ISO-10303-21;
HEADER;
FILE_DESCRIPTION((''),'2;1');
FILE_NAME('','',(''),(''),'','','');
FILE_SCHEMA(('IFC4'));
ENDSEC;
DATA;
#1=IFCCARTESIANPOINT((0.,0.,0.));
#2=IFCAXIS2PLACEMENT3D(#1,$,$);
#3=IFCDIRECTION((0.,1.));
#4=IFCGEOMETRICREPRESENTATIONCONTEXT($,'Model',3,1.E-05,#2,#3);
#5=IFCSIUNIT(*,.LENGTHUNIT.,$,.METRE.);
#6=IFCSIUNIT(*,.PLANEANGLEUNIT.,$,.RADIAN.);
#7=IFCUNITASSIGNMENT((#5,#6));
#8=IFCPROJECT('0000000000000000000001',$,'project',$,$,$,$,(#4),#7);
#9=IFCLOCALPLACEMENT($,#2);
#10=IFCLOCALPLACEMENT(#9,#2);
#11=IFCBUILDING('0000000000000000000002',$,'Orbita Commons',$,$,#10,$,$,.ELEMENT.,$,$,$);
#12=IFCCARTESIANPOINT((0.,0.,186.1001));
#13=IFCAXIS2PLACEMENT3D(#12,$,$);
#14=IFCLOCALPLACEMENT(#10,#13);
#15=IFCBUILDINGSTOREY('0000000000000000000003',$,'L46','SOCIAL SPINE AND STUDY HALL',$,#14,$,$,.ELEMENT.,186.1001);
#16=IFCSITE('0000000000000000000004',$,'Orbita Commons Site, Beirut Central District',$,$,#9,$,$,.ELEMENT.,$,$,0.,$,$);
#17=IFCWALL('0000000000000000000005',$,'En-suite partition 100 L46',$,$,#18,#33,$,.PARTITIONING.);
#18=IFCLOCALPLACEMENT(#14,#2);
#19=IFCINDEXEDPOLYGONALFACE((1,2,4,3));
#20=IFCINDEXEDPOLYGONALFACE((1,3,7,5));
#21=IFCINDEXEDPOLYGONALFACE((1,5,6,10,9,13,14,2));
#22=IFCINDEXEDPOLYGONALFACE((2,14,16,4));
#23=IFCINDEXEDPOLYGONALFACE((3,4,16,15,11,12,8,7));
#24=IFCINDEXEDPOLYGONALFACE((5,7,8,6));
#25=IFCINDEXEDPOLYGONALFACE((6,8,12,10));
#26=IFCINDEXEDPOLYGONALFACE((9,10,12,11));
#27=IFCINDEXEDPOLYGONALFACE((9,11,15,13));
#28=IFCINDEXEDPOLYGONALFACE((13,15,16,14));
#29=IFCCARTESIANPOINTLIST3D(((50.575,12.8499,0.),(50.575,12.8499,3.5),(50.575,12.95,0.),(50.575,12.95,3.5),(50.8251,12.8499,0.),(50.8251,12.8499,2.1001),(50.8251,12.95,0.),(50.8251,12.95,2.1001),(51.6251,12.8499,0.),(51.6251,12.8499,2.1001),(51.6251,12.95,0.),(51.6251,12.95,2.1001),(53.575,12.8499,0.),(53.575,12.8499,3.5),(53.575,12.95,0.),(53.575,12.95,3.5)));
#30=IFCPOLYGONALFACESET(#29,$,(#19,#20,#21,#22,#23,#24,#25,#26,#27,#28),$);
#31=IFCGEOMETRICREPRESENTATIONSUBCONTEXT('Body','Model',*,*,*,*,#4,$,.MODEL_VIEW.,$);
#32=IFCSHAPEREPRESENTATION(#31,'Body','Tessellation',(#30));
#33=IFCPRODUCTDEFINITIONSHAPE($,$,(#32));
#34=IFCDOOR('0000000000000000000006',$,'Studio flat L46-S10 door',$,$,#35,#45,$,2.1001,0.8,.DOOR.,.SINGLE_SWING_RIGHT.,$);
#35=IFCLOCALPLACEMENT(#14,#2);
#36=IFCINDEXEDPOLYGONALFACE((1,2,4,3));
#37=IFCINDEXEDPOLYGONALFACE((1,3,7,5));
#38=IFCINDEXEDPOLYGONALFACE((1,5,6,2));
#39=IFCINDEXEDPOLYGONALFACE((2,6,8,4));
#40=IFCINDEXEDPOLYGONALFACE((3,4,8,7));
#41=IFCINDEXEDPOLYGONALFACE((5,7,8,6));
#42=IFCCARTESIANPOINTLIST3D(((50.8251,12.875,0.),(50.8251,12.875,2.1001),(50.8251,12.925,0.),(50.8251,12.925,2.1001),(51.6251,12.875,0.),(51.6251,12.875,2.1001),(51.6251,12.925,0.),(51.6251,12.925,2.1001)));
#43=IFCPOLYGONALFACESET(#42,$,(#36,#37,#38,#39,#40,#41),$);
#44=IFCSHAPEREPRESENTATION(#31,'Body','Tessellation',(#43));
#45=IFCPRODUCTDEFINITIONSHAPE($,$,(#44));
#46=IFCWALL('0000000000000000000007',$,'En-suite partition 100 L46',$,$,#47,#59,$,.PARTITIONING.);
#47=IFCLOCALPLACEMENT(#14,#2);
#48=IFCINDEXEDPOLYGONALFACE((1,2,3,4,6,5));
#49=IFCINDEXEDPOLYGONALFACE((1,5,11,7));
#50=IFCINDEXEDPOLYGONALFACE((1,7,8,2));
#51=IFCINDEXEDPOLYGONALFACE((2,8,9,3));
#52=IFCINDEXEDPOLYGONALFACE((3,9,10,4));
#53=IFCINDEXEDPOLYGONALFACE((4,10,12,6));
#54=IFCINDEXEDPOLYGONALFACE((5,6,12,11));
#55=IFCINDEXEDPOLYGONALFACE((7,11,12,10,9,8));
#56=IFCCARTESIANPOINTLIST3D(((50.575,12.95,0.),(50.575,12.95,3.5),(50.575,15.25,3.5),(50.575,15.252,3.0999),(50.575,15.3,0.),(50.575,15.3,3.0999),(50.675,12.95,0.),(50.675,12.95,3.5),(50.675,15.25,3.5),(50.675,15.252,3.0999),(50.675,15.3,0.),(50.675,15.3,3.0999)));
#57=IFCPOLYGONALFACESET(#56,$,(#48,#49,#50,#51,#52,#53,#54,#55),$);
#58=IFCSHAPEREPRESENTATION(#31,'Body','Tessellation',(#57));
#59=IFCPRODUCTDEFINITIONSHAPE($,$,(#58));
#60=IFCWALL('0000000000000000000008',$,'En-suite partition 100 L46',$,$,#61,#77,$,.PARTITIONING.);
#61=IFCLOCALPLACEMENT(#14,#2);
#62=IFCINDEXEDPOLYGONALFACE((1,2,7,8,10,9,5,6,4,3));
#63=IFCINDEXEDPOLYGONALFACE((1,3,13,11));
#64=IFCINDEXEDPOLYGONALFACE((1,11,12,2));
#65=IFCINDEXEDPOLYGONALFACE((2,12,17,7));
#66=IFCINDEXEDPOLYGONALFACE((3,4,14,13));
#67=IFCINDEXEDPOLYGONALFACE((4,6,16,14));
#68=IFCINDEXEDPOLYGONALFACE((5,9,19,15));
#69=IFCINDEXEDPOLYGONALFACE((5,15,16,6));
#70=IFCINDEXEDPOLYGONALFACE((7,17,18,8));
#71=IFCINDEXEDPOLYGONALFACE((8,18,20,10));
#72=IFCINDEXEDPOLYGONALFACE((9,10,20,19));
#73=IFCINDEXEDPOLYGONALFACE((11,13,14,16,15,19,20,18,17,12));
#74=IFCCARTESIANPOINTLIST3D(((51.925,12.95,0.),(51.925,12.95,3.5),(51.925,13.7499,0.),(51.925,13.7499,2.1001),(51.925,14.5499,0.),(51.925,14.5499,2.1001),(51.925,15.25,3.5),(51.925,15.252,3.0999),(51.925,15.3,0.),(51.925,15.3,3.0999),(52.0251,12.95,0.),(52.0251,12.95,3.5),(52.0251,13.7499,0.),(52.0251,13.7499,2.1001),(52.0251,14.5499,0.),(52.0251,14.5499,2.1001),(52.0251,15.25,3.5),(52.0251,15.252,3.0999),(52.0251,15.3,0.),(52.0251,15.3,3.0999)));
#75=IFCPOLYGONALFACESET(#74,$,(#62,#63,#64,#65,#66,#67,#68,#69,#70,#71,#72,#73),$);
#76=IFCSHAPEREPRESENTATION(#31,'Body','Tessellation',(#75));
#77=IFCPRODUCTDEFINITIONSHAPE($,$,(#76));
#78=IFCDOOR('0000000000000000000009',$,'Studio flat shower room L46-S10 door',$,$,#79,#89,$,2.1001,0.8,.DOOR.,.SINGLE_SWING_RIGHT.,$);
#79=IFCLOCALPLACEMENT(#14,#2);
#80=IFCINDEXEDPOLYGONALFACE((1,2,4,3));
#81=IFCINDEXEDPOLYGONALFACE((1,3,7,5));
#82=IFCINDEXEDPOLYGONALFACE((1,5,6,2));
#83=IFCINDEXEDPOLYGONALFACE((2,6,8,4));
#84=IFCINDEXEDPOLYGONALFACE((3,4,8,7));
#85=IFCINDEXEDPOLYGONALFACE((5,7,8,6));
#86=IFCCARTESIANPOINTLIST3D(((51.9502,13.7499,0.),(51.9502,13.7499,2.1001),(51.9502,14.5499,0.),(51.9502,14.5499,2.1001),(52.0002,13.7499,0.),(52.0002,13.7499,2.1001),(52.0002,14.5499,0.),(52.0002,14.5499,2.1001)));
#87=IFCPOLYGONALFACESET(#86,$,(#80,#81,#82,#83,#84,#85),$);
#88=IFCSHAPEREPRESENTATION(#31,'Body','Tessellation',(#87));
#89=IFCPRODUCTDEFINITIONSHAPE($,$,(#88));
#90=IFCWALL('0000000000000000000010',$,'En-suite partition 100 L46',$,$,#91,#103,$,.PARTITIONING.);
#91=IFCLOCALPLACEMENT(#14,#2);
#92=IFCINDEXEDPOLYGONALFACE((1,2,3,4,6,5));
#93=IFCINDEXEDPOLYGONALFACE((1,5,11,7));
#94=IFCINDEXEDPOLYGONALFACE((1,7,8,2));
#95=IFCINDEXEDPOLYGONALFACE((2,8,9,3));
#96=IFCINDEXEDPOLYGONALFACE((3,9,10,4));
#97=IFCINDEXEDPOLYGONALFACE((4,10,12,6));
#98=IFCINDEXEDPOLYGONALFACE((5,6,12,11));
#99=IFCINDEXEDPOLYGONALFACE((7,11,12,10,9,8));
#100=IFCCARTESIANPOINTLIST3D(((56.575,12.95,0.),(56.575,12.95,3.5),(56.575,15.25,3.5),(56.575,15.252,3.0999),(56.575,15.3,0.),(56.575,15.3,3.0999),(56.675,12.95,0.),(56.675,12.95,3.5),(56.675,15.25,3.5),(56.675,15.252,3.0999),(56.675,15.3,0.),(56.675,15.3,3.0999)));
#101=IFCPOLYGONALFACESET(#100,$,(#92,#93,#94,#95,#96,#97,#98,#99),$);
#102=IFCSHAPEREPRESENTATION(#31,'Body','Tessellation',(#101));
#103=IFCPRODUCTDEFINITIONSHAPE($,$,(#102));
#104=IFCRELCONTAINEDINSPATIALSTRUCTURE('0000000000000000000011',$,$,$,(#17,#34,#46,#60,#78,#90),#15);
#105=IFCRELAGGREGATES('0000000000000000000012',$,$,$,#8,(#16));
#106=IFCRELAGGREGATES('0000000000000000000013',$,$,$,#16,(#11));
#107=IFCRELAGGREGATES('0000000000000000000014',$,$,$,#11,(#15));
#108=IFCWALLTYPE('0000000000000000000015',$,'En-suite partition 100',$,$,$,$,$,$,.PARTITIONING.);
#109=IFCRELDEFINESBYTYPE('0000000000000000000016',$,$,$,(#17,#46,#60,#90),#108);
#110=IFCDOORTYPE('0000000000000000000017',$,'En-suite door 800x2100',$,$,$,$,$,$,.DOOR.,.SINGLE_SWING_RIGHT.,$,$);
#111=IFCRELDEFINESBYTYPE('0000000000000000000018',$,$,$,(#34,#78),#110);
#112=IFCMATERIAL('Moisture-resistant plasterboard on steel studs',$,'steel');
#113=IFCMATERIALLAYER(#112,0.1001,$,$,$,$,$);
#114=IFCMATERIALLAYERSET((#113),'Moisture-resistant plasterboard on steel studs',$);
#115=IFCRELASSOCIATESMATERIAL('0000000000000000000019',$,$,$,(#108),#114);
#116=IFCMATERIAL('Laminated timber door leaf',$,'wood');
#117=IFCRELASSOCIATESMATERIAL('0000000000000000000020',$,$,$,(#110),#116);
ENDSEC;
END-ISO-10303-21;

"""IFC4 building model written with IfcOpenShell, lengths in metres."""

from ifc_helpers import new_model, si_unit, direction, frame, frame_2d, origin, place, context, subcontext, project, spatial, polyline, rectangle, outline, extrude, material, layer, layer_set, type_object, element, fill, save


model = new_model("IFC4")

# Units and contexts
model_context = context("Model", 3, precision=1e-05, world=origin(), true_north=direction((0.0, 1.0)))
body_context = subcontext(model_context, "Body", "Model", "MODEL_VIEW")
ifc_project = project(units=[si_unit("LENGTHUNIT", "METRE"), si_unit("PLANEANGLEUNIT", "RADIAN")], contexts=[model_context])

# Site, building, storey
site_placement = place(None, origin())
site = spatial("IfcSite", under=ifc_project, at=site_placement, Name="Orbita Commons Site, Beirut Central District", CompositionType="ELEMENT", RefElevation=0.0)
building_placement = place(site_placement, origin())
building = spatial("IfcBuilding", under=site, at=building_placement, Name="Orbita Commons", CompositionType="ELEMENT")
storey_placement = place(building_placement, frame((0.0, 0.0, 186.1001)))
storey = spatial("IfcBuildingStorey", under=building, at=storey_placement, Name="L46", Description="SOCIAL SPINE AND STUDY HALL", CompositionType="ELEMENT", Elevation=186.1001)

# Shared definitions
ifc_material_1 = material(Name="Moisture-resistant plasterboard on steel studs", Category="steel")
ifc_layer_1 = layer(ifc_material_1, 0.1001)
ifc_layer_set_1 = layer_set([ifc_layer_1], Name="Moisture-resistant plasterboard on steel studs")
wall_type_1 = type_object("IfcWallType", Name="En-suite partition 100", PredefinedType="PARTITIONING", material=ifc_layer_set_1)

# Wall, opening, door
wall_1_placement = place(storey_placement, frame((53.575, 12.8999, 0.0), z_axis=(0.0, 0.0, 1.0), x_axis=(-1.0, 0.0, 0.0)))
wall_1 = element("IfcWall", 1, at=wall_1_placement, inside=storey, type_object=wall_type_1, Name="En-suite partition 100 L46", PredefinedType="PARTITIONING", context=body_context, shape_type="SweptSolid", body=[
    extrude(rectangle(XDim=3.0, YDim=0.1001, at=frame_2d((1.5, 0.0))), origin(), (0.0, 0.0, 1.0), 3.5),
])
opening_1_placement = place(wall_1_placement, frame((1.95, 0.0, 0.0)))
opening_1 = element("IfcOpeningElement", 2, at=opening_1_placement, cuts=wall_1, PredefinedType="OPENING", context=body_context, shape_type="SweptSolid", body=[
    extrude(rectangle(XDim=0.8, YDim=2.1001, at=frame_2d((0.3999, 1.05))), frame((0.0, 0.0601, 0.0), z_axis=(0.0, -1.0, 0.0), x_axis=(1.0, 0.0, 0.0)), (0.0, 0.0, 1.0), 0.1201),
])
ifc_material_2 = material(Name="Laminated timber door leaf", Category="wood")
door_type_1 = type_object("IfcDoorType", Name="En-suite door 800x2100", OperationType="SINGLE_SWING_RIGHT", PredefinedType="DOOR", material=ifc_material_2)
door_1_placement = place(opening_1_placement, origin())
door_1 = element("IfcDoor", 3, at=door_1_placement, inside=storey, type_object=door_type_1, Name="Studio flat L46-S10 door", OperationType="SINGLE_SWING_RIGHT", OverallHeight=2.1001, OverallWidth=0.8, PredefinedType="DOOR", context=body_context, shape_type="SweptSolid", body=[
    extrude(rectangle(XDim=0.8, YDim=2.1001, at=frame_2d((0.3999, 1.05))), frame((0.0, 0.0249, 0.0), z_axis=(0.0, -1.0, 0.0), x_axis=(1.0, 0.0, 0.0)), (0.0, 0.0, 1.0), 0.05),
])
fill(opening_1, door_1)

# Wall
wall_2_placement = place(storey_placement, frame((50.625, 12.95, 0.0), z_axis=(0.0, 0.0, 1.0), x_axis=(0.0, 1.0, 0.0)))
element("IfcWall", 4, at=wall_2_placement, inside=storey, type_object=wall_type_1, Name="En-suite partition 100 L46", PredefinedType="PARTITIONING", context=body_context, shape_type="SweptSolid", body=[
    extrude(outline(polyline([(0.0, 0.0), (2.3501, 0.0), (2.3501, 3.0999), (2.302, 3.0999), (2.3, 3.5), (0.0, 3.5), (0.0, 0.0)])), frame((0.0, 0.05, 0.0), z_axis=(0.0, -1.0, 0.0), x_axis=(1.0, 0.0, 0.0)), (0.0, 0.0, 1.0), 0.1001),
])

# Wall, opening, door
wall_3_placement = place(storey_placement, frame((51.9751, 12.95, 0.0), z_axis=(0.0, 0.0, 1.0), x_axis=(0.0, 1.0, 0.0)))
wall_3 = element("IfcWall", 5, at=wall_3_placement, inside=storey, type_object=wall_type_1, Name="En-suite partition 100 L46", PredefinedType="PARTITIONING", context=body_context, shape_type="SweptSolid", body=[
    extrude(outline(polyline([(0.0, 0.0), (2.3501, 0.0), (2.3501, 3.0999), (2.302, 3.0999), (2.3, 3.5), (0.0, 3.5), (0.0, 0.0)])), frame((0.0, 0.05, 0.0), z_axis=(0.0, -1.0, 0.0), x_axis=(1.0, 0.0, 0.0)), (0.0, 0.0, 1.0), 0.1001),
])
opening_2_placement = place(wall_3_placement, frame((0.8, 0.0, 0.0)))
opening_2 = element("IfcOpeningElement", 6, at=opening_2_placement, cuts=wall_3, PredefinedType="OPENING", context=body_context, shape_type="SweptSolid", body=[
    extrude(rectangle(XDim=0.8, YDim=2.1001, at=frame_2d((0.3999, 1.05))), frame((0.0, 0.0601, 0.0), z_axis=(0.0, -1.0, 0.0), x_axis=(1.0, 0.0, 0.0)), (0.0, 0.0, 1.0), 0.1201),
])
door_2_placement = place(opening_2_placement, origin())
door_2 = element("IfcDoor", 7, at=door_2_placement, inside=storey, type_object=door_type_1, Name="Studio flat shower room L46-S10 door", OperationType="SINGLE_SWING_RIGHT", OverallHeight=2.1001, OverallWidth=0.8, PredefinedType="DOOR", context=body_context, shape_type="SweptSolid", body=[
    extrude(rectangle(XDim=0.8, YDim=2.1001, at=frame_2d((0.3999, 1.05))), frame((0.0, 0.0249, 0.0), z_axis=(0.0, -1.0, 0.0), x_axis=(1.0, 0.0, 0.0)), (0.0, 0.0, 1.0), 0.05),
])
fill(opening_2, door_2)

# Wall
wall_4_placement = place(storey_placement, frame((56.625, 12.95, 0.0), z_axis=(0.0, 0.0, 1.0), x_axis=(0.0, 1.0, 0.0)))
element("IfcWall", 8, at=wall_4_placement, inside=storey, type_object=wall_type_1, Name="En-suite partition 100 L46", PredefinedType="PARTITIONING", context=body_context, shape_type="SweptSolid", body=[
    extrude(outline(polyline([(0.0, 0.0), (2.3501, 0.0), (2.3501, 3.0999), (2.302, 3.0999), (2.3, 3.5), (0.0, 3.5), (0.0, 0.0)])), frame((0.0, 0.05, 0.0), z_axis=(0.0, -1.0, 0.0), x_axis=(1.0, 0.0, 0.0)), (0.0, 0.0, 1.0), 0.1001),
])

save(model, "model.ifc")
